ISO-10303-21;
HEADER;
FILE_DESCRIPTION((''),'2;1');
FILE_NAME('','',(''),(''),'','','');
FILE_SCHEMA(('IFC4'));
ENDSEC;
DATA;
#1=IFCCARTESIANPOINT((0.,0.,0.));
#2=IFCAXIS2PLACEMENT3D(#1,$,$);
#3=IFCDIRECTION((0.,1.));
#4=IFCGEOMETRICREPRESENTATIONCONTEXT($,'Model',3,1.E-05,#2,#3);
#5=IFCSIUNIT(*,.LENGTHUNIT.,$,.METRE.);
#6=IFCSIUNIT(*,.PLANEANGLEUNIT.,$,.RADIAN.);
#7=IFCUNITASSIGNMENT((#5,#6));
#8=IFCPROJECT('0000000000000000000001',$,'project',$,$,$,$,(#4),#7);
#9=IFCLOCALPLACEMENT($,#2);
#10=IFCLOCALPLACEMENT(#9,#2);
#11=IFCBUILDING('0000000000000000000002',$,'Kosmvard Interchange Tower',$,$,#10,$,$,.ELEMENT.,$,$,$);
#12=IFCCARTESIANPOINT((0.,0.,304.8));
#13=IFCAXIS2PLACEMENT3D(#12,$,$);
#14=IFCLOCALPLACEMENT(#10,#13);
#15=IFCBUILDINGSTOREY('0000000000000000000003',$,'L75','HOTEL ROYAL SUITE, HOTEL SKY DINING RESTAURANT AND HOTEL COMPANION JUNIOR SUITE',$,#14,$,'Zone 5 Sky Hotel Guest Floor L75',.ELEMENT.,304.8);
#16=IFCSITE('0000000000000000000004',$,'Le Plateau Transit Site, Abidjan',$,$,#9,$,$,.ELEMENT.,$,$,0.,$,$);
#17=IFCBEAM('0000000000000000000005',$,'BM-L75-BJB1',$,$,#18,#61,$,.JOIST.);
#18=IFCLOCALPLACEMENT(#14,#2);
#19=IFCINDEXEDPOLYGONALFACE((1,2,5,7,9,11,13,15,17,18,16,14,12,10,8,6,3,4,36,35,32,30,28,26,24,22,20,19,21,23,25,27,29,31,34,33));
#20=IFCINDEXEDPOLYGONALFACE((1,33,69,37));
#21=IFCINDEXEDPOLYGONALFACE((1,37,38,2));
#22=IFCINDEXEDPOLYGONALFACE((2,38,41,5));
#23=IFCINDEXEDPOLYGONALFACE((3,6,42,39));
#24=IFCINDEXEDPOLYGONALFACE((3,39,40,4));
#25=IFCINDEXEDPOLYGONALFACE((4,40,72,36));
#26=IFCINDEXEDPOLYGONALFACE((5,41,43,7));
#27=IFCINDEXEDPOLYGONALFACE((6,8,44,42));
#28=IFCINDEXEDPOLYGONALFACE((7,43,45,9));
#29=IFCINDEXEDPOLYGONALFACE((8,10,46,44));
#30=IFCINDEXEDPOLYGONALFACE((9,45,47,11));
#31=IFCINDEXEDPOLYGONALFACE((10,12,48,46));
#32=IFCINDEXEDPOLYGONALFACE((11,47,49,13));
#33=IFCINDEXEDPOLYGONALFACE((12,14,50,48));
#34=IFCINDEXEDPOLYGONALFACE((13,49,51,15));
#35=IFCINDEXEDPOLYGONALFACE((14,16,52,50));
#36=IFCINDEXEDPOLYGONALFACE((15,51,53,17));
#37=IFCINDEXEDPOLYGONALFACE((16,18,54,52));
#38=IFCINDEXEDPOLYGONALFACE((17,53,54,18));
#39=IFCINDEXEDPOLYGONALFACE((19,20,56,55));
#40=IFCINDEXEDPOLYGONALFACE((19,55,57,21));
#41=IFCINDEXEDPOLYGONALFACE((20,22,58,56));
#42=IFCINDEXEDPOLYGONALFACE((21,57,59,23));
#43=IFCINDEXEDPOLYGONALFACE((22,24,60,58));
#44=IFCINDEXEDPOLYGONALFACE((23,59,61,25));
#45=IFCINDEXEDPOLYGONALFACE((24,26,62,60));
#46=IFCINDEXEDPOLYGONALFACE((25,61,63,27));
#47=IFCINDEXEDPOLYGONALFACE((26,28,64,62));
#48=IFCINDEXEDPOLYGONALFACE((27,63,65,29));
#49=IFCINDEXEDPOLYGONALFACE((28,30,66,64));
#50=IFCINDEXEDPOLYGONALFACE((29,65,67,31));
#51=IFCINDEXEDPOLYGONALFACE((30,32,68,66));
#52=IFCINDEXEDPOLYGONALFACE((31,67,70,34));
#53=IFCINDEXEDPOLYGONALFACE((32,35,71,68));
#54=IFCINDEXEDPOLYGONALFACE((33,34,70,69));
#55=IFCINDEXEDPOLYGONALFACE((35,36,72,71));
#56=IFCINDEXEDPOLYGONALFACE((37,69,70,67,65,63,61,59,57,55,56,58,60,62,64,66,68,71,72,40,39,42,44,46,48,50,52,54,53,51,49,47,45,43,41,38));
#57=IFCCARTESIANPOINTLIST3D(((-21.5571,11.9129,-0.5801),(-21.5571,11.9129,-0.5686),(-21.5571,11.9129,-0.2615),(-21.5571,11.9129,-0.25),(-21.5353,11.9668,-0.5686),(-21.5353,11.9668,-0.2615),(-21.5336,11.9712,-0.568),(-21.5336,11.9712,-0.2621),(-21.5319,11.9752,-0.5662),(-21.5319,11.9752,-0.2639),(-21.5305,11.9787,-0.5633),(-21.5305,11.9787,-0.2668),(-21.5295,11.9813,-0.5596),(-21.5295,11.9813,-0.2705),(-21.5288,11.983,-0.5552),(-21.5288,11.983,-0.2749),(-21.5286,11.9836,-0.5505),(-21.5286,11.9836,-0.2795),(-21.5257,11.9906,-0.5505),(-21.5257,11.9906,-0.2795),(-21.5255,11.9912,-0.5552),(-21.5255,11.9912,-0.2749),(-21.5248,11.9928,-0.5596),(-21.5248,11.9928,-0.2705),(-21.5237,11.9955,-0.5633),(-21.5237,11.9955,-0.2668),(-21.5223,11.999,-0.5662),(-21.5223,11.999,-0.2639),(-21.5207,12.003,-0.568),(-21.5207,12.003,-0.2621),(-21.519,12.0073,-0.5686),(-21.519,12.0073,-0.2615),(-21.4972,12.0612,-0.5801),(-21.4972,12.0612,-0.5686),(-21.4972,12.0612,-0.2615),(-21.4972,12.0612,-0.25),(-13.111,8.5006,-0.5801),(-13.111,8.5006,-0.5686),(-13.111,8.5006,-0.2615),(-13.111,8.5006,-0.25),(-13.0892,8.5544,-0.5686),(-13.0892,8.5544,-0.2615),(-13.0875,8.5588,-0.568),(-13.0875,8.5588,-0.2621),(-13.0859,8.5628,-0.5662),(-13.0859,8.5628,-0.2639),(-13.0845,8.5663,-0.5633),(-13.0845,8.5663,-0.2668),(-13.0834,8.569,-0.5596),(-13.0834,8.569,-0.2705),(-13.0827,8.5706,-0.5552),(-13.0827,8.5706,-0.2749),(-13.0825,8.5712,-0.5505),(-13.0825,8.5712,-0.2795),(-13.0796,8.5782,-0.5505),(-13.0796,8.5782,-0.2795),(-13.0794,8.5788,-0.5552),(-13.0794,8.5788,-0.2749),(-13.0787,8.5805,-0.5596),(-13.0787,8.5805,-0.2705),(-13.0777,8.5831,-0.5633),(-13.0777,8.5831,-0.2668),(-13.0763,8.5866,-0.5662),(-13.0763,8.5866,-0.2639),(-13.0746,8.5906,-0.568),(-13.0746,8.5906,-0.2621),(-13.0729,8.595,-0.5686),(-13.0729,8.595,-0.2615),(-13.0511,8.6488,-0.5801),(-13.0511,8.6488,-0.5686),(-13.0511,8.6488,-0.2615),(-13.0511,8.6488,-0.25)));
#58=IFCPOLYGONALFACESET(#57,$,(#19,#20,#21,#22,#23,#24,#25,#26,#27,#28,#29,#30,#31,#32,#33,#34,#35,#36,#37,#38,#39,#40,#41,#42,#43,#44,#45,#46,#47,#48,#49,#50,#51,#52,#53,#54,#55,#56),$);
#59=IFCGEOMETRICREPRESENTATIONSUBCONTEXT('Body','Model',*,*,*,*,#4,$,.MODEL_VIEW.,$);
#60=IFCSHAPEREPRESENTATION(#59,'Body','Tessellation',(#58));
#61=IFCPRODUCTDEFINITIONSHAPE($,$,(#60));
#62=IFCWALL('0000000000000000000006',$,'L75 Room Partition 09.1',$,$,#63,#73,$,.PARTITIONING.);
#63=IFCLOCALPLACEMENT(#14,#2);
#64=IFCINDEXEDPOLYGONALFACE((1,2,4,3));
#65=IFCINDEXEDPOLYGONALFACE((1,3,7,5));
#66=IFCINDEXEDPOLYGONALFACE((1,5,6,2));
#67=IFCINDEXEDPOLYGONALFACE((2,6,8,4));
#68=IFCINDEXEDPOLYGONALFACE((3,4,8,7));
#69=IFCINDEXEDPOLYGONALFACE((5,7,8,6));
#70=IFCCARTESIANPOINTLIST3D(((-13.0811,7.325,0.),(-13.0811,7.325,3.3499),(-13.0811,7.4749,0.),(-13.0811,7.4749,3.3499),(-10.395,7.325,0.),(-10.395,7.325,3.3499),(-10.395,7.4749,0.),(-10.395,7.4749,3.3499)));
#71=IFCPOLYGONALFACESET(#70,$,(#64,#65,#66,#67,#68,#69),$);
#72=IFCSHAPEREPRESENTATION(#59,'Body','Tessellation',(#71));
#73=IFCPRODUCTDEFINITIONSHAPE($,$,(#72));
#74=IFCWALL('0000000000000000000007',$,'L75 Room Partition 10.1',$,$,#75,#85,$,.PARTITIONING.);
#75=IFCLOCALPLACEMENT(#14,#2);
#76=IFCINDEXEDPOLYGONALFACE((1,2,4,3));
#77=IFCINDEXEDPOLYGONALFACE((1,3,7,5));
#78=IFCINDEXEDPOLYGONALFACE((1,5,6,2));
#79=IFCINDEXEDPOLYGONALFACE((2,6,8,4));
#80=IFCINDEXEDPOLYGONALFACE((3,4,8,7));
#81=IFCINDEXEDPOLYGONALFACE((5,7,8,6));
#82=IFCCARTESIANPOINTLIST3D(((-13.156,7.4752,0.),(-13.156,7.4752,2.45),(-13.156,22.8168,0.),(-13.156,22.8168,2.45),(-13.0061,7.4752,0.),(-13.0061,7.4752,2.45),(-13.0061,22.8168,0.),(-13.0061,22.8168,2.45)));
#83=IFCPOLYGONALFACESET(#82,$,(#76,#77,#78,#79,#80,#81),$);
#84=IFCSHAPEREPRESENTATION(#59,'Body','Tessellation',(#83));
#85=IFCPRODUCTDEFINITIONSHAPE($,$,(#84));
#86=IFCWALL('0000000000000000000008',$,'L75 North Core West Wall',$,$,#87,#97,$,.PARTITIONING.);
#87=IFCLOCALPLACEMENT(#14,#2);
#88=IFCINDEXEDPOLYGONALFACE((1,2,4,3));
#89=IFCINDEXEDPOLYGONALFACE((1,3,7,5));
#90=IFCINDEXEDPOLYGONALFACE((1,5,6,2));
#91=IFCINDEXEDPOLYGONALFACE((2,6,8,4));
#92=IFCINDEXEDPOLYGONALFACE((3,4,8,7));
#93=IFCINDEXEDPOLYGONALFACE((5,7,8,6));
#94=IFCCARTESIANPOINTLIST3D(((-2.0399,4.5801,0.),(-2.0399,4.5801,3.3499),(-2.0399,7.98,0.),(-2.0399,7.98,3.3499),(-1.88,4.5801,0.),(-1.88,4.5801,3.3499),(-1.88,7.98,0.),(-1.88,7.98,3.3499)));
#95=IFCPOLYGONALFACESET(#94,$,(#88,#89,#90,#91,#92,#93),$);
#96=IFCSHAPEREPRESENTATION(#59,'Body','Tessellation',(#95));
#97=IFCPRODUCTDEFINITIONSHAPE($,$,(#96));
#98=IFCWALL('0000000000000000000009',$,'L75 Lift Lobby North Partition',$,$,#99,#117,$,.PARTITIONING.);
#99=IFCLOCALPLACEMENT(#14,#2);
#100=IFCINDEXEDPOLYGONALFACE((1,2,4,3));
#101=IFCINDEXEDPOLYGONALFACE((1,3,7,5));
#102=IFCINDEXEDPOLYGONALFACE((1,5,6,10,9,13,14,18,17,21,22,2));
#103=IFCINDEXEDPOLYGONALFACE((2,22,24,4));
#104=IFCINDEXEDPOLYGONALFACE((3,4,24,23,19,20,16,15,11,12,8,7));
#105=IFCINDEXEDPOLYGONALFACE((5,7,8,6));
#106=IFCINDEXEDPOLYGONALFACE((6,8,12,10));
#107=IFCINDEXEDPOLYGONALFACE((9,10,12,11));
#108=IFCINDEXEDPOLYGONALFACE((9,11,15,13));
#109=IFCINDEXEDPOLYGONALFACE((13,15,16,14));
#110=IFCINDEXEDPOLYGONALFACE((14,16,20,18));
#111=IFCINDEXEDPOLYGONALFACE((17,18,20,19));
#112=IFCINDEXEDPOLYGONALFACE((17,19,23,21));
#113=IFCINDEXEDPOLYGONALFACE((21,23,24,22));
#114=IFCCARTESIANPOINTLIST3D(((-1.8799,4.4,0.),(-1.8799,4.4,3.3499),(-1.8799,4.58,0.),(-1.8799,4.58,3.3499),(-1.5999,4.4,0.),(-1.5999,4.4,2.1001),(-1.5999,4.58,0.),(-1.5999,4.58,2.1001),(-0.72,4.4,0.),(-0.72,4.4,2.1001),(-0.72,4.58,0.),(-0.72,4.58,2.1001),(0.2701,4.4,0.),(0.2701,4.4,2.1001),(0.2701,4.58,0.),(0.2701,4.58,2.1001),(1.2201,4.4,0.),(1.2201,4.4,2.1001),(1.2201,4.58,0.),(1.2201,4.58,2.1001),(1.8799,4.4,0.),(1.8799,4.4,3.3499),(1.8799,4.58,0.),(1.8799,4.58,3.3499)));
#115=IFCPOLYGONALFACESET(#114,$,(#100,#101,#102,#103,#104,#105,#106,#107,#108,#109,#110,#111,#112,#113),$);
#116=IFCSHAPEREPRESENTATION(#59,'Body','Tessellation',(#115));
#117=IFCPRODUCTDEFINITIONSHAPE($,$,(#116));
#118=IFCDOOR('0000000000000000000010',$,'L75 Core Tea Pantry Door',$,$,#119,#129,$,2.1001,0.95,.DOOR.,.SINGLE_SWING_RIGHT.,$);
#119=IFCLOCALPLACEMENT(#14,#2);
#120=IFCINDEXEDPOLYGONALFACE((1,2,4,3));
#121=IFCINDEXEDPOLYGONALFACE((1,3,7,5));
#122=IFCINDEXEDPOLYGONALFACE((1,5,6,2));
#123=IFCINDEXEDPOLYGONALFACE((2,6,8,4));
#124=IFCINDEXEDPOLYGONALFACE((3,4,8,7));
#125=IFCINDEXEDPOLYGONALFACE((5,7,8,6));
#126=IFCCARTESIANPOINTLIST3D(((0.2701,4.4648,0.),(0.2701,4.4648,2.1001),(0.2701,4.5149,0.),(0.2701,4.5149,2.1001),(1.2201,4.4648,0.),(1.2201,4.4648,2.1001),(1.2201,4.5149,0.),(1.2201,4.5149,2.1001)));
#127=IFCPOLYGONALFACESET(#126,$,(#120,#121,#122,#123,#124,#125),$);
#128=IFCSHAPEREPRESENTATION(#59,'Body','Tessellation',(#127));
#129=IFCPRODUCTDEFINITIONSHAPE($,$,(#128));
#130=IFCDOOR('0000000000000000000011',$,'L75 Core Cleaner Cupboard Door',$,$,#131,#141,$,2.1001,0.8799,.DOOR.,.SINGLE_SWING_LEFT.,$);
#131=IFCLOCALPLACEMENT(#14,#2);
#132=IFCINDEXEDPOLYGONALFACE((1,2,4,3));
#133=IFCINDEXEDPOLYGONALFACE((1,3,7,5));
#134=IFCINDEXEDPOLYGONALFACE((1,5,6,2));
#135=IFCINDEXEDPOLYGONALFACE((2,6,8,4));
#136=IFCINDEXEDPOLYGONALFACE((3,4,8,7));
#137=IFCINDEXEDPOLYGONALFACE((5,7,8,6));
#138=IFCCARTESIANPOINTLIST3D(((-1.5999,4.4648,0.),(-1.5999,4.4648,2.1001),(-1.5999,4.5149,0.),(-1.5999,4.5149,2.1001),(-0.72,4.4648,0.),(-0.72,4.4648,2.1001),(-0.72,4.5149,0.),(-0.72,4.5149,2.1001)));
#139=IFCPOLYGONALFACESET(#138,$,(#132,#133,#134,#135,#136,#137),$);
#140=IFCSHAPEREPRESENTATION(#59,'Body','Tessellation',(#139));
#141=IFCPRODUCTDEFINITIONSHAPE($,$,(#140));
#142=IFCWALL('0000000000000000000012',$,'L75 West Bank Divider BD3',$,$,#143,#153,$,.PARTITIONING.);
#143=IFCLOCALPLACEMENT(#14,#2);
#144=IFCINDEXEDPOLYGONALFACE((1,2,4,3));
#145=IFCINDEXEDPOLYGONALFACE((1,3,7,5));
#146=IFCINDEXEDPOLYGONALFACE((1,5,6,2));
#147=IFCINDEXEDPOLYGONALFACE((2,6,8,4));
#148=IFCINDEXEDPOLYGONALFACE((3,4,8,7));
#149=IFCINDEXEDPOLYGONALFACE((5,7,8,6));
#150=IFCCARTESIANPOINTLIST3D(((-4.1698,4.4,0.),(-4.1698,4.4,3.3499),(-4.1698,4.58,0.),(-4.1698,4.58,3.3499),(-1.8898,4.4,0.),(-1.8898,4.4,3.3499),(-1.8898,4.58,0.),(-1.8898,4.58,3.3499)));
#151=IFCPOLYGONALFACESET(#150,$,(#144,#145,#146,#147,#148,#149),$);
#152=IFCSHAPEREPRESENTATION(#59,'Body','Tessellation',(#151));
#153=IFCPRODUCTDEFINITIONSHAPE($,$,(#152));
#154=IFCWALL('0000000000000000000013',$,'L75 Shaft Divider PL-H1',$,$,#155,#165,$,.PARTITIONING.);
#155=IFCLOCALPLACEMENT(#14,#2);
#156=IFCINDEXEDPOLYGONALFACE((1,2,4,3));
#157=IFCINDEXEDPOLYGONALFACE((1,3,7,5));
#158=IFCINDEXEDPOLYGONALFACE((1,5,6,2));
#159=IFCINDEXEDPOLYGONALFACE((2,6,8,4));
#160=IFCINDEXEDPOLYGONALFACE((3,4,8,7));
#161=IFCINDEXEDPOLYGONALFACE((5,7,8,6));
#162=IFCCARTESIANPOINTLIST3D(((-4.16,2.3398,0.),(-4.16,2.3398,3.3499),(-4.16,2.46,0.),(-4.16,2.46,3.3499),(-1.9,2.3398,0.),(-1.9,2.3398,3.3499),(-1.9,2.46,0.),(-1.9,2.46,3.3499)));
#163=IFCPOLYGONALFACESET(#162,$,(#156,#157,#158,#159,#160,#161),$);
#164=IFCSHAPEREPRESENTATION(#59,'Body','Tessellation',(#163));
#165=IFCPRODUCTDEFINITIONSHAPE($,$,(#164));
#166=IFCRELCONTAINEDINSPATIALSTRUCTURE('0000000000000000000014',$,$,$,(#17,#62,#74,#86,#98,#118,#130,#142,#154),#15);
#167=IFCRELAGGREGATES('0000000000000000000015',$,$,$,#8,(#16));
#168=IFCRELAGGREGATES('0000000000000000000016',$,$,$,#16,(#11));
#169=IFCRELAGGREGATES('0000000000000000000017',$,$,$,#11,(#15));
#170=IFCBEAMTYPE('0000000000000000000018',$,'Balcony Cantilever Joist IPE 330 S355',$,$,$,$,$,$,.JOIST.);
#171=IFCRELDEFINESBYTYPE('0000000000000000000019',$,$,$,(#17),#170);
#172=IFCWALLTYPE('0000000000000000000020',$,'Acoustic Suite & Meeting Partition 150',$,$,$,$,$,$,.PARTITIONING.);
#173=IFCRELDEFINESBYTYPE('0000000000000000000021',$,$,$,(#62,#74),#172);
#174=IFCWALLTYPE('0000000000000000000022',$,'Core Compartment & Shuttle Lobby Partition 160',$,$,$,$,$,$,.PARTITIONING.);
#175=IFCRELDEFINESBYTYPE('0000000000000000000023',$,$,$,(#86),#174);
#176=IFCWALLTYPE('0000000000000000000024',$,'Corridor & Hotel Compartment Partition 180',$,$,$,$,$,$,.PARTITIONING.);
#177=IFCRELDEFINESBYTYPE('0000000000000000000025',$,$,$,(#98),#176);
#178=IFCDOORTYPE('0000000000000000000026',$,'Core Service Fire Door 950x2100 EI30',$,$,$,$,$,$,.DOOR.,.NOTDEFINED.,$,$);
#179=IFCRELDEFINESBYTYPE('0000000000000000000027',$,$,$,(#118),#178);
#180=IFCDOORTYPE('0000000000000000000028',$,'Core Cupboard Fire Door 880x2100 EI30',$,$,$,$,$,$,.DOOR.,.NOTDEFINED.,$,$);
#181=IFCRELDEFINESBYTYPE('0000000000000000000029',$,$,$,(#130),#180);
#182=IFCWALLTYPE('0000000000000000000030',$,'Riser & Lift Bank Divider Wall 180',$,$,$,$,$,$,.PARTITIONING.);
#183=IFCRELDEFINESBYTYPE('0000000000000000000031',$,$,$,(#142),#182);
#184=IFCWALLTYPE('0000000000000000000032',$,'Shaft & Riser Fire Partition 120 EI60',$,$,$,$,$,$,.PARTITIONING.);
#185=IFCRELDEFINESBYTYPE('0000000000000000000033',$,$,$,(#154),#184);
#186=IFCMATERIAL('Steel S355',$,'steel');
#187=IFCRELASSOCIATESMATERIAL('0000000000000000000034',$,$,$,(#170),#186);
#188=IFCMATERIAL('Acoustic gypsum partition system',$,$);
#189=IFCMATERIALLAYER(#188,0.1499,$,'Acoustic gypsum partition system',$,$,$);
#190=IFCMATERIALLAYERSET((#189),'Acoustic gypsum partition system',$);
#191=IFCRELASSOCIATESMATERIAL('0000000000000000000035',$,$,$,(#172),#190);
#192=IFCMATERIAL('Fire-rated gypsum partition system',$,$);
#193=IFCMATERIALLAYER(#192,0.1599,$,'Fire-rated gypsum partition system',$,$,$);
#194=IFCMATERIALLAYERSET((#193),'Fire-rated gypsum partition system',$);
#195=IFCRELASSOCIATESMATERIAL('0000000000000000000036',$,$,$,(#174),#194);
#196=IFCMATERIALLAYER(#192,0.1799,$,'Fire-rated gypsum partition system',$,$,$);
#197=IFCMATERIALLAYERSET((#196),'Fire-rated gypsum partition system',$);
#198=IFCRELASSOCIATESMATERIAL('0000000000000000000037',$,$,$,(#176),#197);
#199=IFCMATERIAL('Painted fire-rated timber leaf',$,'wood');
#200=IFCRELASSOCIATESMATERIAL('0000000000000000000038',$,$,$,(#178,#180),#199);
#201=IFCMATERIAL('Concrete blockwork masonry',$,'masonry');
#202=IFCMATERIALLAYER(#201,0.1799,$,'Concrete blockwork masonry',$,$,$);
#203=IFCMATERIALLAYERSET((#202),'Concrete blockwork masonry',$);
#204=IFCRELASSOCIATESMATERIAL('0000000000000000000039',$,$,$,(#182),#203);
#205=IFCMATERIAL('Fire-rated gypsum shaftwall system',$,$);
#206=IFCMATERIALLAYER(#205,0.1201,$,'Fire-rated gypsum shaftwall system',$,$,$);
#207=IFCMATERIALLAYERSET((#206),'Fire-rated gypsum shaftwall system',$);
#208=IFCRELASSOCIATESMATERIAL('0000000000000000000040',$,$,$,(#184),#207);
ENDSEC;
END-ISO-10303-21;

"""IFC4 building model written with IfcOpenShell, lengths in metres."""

from ifc_helpers import new_model, si_unit, direction, frame, frame_2d, origin, origin_2d, place, context, subcontext, project, spatial, rectangle, i_section, extrude, source, transform, mapped, material, layer, layer_set, material_profile, profile_set, type_object, element, fill, save


model = new_model("IFC4")

# Units and contexts
model_context = context("Model", 3, precision=1e-05, world=origin(), true_north=direction((0.0, 1.0)))
body_context = subcontext(model_context, "Body", "Model", "MODEL_VIEW")
ifc_project = project(units=[si_unit("LENGTHUNIT", "METRE"), si_unit("PLANEANGLEUNIT", "RADIAN")], contexts=[model_context])

# Site, building, storey
site_placement = place(None, origin())
site = spatial("IfcSite", under=ifc_project, at=site_placement, Name="Le Plateau Transit Site, Abidjan", CompositionType="ELEMENT", RefElevation=0.0)
building_placement = place(site_placement, origin())
building = spatial("IfcBuilding", under=site, at=building_placement, Name="Kosmvard Interchange Tower", CompositionType="ELEMENT")
storey_placement = place(building_placement, frame((0.0, 0.0, 304.8)))
storey = spatial("IfcBuildingStorey", under=building, at=storey_placement, Name="L75", Description="HOTEL ROYAL SUITE, HOTEL SKY DINING RESTAURANT AND HOTEL COMPANION JUNIOR SUITE", LongName="Zone 5 Sky Hotel Guest Floor L75", CompositionType="ELEMENT", Elevation=304.8)

# Beam
ifc_material_1 = material(Name="Steel S355", Category="steel")
ifc_material_profile_1 = material_profile(ifc_material_1, i_section(OverallWidth=0.1599, OverallDepth=0.3301, WebThickness=0.0076, FlangeThickness=0.0115, FilletRadius=0.0181, at=origin_2d()), Name="IPE 330")
ifc_profile_set_1 = profile_set([ifc_material_profile_1], Name="Steel S355")
beam_type_1 = type_object("IfcBeamType", Name="Balcony Cantilever Joist IPE 330 S355", PredefinedType="JOIST", material=ifc_profile_set_1)
shared_shape_1 = source(origin(), body_context, "Body", "SweptSolid", [
    extrude(i_section(OverallWidth=0.1599, OverallDepth=0.3301, WebThickness=0.0076, FlangeThickness=0.0115, FilletRadius=0.0181, at=origin_2d()), origin(), (0.0, 0.0, 1.0), 9.1094),
])
beam_1_placement = place(storey_placement, frame((-13.0811, 8.5747, -0.415), z_axis=(-0.927187, 0.3746, 0.0), x_axis=(-0.3746, -0.927187, 0.0)))
element("IfcBeam", 1, at=beam_1_placement, inside=storey, type_object=beam_type_1, Name="BM-L75-BJB1", PredefinedType="JOIST", context=body_context, shape_type="MappedRepresentation", body=[
    mapped(shared_shape_1, transform((0.0, 0.0, 0.0), scale=1.0)),
])

# Walls
ifc_material_2 = material(Name="Acoustic gypsum partition system")
ifc_layer_1 = layer(ifc_material_2, 0.1499, Name="Acoustic gypsum partition system")
ifc_layer_set_1 = layer_set([ifc_layer_1], Name="Acoustic gypsum partition system")
wall_type_1 = type_object("IfcWallType", Name="Acoustic Suite & Meeting Partition 150", PredefinedType="PARTITIONING", material=ifc_layer_set_1)
wall_1_placement = place(storey_placement, frame((-10.395, 7.3999, 0.0), z_axis=(0.0, 0.0, 1.0), x_axis=(-1.0, 0.0, 0.0)))
element("IfcWall", 2, at=wall_1_placement, inside=storey, type_object=wall_type_1, Name="L75 Room Partition 09.1", PredefinedType="PARTITIONING", context=body_context, shape_type="SweptSolid", body=[
    extrude(rectangle(XDim=2.686, YDim=0.1499, at=frame_2d((1.343, 0.0))), origin(), (0.0, 0.0, 1.0), 3.3499),
])
wall_2_placement = place(storey_placement, frame((-13.0811, 7.4751, 0.0), z_axis=(0.0, 0.0, 1.0), x_axis=(0.0, 1.0, 0.0)))
element("IfcWall", 3, at=wall_2_placement, inside=storey, type_object=wall_type_1, Name="L75 Room Partition 10.1", PredefinedType="PARTITIONING", context=body_context, shape_type="SweptSolid", body=[
    extrude(rectangle(XDim=15.3416, YDim=0.1499, at=frame_2d((7.6709, 0.0))), origin(), (0.0, 0.0, 1.0), 2.45),
])
ifc_material_3 = material(Name="Fire-rated gypsum partition system")
ifc_layer_2 = layer(ifc_material_3, 0.1599, Name="Fire-rated gypsum partition system")
ifc_layer_set_2 = layer_set([ifc_layer_2], Name="Fire-rated gypsum partition system")
wall_type_2 = type_object("IfcWallType", Name="Core Compartment & Shuttle Lobby Partition 160", PredefinedType="PARTITIONING", material=ifc_layer_set_2)
wall_3_placement = place(storey_placement, frame((-1.96, 4.5801, 0.0), z_axis=(0.0, 0.0, 1.0), x_axis=(0.0, 1.0, 0.0)))
element("IfcWall", 4, at=wall_3_placement, inside=storey, type_object=wall_type_2, Name="L75 North Core West Wall", PredefinedType="PARTITIONING", context=body_context, shape_type="SweptSolid", body=[
    extrude(rectangle(XDim=3.3999, YDim=0.1599, at=frame_2d((1.7, 0.0))), origin(), (0.0, 0.0, 1.0), 3.3499),
])

# Wall, openings, doors
ifc_layer_3 = layer(ifc_material_3, 0.1799, Name="Fire-rated gypsum partition system")
ifc_layer_set_3 = layer_set([ifc_layer_3], Name="Fire-rated gypsum partition system")
wall_type_3 = type_object("IfcWallType", Name="Corridor & Hotel Compartment Partition 180", PredefinedType="PARTITIONING", material=ifc_layer_set_3)
wall_4_placement = place(storey_placement, frame((-1.8799, 4.49, 0.0), z_axis=(0.0, 0.0, 1.0), x_axis=(1.0, 0.0, 0.0)))
wall_4 = element("IfcWall", 5, at=wall_4_placement, inside=storey, type_object=wall_type_3, Name="L75 Lift Lobby North Partition", PredefinedType="PARTITIONING", context=body_context, shape_type="SweptSolid", body=[
    extrude(rectangle(XDim=3.7598, YDim=0.1799, at=frame_2d((1.8799, 0.0))), origin(), (0.0, 0.0, 1.0), 3.3499),
])
opening_1_placement = place(wall_4_placement, frame((0.28, 0.0, 0.0)))
opening_1 = element("IfcOpeningElement", 6, at=opening_1_placement, cuts=wall_4, PredefinedType="OPENING", context=body_context, shape_type="SweptSolid", body=[
    extrude(rectangle(XDim=0.8799, YDim=2.1001, at=frame_2d((0.4399, 1.05))), frame((0.0, 0.1001, 0.0), z_axis=(0.0, -1.0, 0.0), x_axis=(1.0, 0.0, 0.0)), (0.0, 0.0, 1.0), 0.2),
])
opening_2_placement = place(wall_4_placement, frame((2.1499, 0.0, 0.0)))
opening_2 = element("IfcOpeningElement", 7, at=opening_2_placement, cuts=wall_4, PredefinedType="OPENING", context=body_context, shape_type="SweptSolid", body=[
    extrude(rectangle(XDim=0.95, YDim=2.1001, at=frame_2d((0.4751, 1.05))), frame((0.0, 0.1001, 0.0), z_axis=(0.0, -1.0, 0.0), x_axis=(1.0, 0.0, 0.0)), (0.0, 0.0, 1.0), 0.2),
])
ifc_material_4 = material(Name="Painted fire-rated timber leaf", Category="wood")
door_type_1 = type_object("IfcDoorType", Name="Core Service Fire Door 950x2100 EI30", OperationType="NOTDEFINED", PredefinedType="DOOR", material=ifc_material_4)
shared_shape_2 = source(origin(), body_context, "Body", "SweptSolid", [
    extrude(rectangle(XDim=0.95, YDim=2.1001, at=frame_2d((0.4751, 1.05))), frame((0.0, 0.0249, 0.0), z_axis=(0.0, -1.0, 0.0), x_axis=(1.0, 0.0, 0.0)), (0.0, 0.0, 1.0), 0.05),
])
door_1_placement = place(opening_2_placement, origin())
door_1 = element("IfcDoor", 8, at=door_1_placement, inside=storey, type_object=door_type_1, Name="L75 Core Tea Pantry Door", OperationType="SINGLE_SWING_RIGHT", OverallHeight=2.1001, OverallWidth=0.95, PredefinedType="DOOR", context=body_context, shape_type="MappedRepresentation", body=[
    mapped(shared_shape_2, transform((0.0, 0.0, 0.0), scale=1.0)),
])
fill(opening_2, door_1)
door_type_2 = type_object("IfcDoorType", Name="Core Cupboard Fire Door 880x2100 EI30", OperationType="NOTDEFINED", PredefinedType="DOOR", material=ifc_material_4)
shared_shape_3 = source(origin(), body_context, "Body", "SweptSolid", [
    extrude(rectangle(XDim=0.8799, YDim=2.1001, at=frame_2d((0.4399, 1.05))), frame((0.0, 0.0249, 0.0), z_axis=(0.0, -1.0, 0.0), x_axis=(1.0, 0.0, 0.0)), (0.0, 0.0, 1.0), 0.05),
])
door_2_placement = place(opening_1_placement, origin())
door_2 = element("IfcDoor", 9, at=door_2_placement, inside=storey, type_object=door_type_2, Name="L75 Core Cleaner Cupboard Door", OperationType="SINGLE_SWING_LEFT", OverallHeight=2.1001, OverallWidth=0.8799, PredefinedType="DOOR", context=body_context, shape_type="MappedRepresentation", body=[
    mapped(shared_shape_3, transform((0.0, 0.0, 0.0), scale=1.0)),
])
fill(opening_1, door_2)

# Walls
ifc_material_5 = material(Name="Concrete blockwork masonry", Category="masonry")
ifc_layer_4 = layer(ifc_material_5, 0.1799, Name="Concrete blockwork masonry")
ifc_layer_set_4 = layer_set([ifc_layer_4], Name="Concrete blockwork masonry")
wall_type_4 = type_object("IfcWallType", Name="Riser & Lift Bank Divider Wall 180", PredefinedType="PARTITIONING", material=ifc_layer_set_4)
wall_5_placement = place(storey_placement, frame((-4.1699, 4.49, 0.0), z_axis=(0.0, 0.0, 1.0), x_axis=(1.0, 0.0, 0.0)))
element("IfcWall", 10, at=wall_5_placement, inside=storey, type_object=wall_type_4, Name="L75 West Bank Divider BD3", PredefinedType="PARTITIONING", context=body_context, shape_type="SweptSolid", body=[
    extrude(rectangle(XDim=2.28, YDim=0.1799, at=frame_2d((1.1401, 0.0))), origin(), (0.0, 0.0, 1.0), 3.3499),
])
ifc_material_6 = material(Name="Fire-rated gypsum shaftwall system")
ifc_layer_5 = layer(ifc_material_6, 0.1201, Name="Fire-rated gypsum shaftwall system")
ifc_layer_set_5 = layer_set([ifc_layer_5], Name="Fire-rated gypsum shaftwall system")
wall_type_5 = type_object("IfcWallType", Name="Shaft & Riser Fire Partition 120 EI60", PredefinedType="PARTITIONING", material=ifc_layer_set_5)
wall_6_placement = place(storey_placement, frame((-4.1599, 2.3999, 0.0), z_axis=(0.0, 0.0, 1.0), x_axis=(1.0, 0.0, 0.0)))
element("IfcWall", 11, at=wall_6_placement, inside=storey, type_object=wall_type_5, Name="L75 Shaft Divider PL-H1", PredefinedType="PARTITIONING", context=body_context, shape_type="SweptSolid", body=[
    extrude(rectangle(XDim=2.26, YDim=0.1201, at=frame_2d((1.1299, 0.0))), origin(), (0.0, 0.0, 1.0), 3.3499),
])

save(model, "model.ifc")
